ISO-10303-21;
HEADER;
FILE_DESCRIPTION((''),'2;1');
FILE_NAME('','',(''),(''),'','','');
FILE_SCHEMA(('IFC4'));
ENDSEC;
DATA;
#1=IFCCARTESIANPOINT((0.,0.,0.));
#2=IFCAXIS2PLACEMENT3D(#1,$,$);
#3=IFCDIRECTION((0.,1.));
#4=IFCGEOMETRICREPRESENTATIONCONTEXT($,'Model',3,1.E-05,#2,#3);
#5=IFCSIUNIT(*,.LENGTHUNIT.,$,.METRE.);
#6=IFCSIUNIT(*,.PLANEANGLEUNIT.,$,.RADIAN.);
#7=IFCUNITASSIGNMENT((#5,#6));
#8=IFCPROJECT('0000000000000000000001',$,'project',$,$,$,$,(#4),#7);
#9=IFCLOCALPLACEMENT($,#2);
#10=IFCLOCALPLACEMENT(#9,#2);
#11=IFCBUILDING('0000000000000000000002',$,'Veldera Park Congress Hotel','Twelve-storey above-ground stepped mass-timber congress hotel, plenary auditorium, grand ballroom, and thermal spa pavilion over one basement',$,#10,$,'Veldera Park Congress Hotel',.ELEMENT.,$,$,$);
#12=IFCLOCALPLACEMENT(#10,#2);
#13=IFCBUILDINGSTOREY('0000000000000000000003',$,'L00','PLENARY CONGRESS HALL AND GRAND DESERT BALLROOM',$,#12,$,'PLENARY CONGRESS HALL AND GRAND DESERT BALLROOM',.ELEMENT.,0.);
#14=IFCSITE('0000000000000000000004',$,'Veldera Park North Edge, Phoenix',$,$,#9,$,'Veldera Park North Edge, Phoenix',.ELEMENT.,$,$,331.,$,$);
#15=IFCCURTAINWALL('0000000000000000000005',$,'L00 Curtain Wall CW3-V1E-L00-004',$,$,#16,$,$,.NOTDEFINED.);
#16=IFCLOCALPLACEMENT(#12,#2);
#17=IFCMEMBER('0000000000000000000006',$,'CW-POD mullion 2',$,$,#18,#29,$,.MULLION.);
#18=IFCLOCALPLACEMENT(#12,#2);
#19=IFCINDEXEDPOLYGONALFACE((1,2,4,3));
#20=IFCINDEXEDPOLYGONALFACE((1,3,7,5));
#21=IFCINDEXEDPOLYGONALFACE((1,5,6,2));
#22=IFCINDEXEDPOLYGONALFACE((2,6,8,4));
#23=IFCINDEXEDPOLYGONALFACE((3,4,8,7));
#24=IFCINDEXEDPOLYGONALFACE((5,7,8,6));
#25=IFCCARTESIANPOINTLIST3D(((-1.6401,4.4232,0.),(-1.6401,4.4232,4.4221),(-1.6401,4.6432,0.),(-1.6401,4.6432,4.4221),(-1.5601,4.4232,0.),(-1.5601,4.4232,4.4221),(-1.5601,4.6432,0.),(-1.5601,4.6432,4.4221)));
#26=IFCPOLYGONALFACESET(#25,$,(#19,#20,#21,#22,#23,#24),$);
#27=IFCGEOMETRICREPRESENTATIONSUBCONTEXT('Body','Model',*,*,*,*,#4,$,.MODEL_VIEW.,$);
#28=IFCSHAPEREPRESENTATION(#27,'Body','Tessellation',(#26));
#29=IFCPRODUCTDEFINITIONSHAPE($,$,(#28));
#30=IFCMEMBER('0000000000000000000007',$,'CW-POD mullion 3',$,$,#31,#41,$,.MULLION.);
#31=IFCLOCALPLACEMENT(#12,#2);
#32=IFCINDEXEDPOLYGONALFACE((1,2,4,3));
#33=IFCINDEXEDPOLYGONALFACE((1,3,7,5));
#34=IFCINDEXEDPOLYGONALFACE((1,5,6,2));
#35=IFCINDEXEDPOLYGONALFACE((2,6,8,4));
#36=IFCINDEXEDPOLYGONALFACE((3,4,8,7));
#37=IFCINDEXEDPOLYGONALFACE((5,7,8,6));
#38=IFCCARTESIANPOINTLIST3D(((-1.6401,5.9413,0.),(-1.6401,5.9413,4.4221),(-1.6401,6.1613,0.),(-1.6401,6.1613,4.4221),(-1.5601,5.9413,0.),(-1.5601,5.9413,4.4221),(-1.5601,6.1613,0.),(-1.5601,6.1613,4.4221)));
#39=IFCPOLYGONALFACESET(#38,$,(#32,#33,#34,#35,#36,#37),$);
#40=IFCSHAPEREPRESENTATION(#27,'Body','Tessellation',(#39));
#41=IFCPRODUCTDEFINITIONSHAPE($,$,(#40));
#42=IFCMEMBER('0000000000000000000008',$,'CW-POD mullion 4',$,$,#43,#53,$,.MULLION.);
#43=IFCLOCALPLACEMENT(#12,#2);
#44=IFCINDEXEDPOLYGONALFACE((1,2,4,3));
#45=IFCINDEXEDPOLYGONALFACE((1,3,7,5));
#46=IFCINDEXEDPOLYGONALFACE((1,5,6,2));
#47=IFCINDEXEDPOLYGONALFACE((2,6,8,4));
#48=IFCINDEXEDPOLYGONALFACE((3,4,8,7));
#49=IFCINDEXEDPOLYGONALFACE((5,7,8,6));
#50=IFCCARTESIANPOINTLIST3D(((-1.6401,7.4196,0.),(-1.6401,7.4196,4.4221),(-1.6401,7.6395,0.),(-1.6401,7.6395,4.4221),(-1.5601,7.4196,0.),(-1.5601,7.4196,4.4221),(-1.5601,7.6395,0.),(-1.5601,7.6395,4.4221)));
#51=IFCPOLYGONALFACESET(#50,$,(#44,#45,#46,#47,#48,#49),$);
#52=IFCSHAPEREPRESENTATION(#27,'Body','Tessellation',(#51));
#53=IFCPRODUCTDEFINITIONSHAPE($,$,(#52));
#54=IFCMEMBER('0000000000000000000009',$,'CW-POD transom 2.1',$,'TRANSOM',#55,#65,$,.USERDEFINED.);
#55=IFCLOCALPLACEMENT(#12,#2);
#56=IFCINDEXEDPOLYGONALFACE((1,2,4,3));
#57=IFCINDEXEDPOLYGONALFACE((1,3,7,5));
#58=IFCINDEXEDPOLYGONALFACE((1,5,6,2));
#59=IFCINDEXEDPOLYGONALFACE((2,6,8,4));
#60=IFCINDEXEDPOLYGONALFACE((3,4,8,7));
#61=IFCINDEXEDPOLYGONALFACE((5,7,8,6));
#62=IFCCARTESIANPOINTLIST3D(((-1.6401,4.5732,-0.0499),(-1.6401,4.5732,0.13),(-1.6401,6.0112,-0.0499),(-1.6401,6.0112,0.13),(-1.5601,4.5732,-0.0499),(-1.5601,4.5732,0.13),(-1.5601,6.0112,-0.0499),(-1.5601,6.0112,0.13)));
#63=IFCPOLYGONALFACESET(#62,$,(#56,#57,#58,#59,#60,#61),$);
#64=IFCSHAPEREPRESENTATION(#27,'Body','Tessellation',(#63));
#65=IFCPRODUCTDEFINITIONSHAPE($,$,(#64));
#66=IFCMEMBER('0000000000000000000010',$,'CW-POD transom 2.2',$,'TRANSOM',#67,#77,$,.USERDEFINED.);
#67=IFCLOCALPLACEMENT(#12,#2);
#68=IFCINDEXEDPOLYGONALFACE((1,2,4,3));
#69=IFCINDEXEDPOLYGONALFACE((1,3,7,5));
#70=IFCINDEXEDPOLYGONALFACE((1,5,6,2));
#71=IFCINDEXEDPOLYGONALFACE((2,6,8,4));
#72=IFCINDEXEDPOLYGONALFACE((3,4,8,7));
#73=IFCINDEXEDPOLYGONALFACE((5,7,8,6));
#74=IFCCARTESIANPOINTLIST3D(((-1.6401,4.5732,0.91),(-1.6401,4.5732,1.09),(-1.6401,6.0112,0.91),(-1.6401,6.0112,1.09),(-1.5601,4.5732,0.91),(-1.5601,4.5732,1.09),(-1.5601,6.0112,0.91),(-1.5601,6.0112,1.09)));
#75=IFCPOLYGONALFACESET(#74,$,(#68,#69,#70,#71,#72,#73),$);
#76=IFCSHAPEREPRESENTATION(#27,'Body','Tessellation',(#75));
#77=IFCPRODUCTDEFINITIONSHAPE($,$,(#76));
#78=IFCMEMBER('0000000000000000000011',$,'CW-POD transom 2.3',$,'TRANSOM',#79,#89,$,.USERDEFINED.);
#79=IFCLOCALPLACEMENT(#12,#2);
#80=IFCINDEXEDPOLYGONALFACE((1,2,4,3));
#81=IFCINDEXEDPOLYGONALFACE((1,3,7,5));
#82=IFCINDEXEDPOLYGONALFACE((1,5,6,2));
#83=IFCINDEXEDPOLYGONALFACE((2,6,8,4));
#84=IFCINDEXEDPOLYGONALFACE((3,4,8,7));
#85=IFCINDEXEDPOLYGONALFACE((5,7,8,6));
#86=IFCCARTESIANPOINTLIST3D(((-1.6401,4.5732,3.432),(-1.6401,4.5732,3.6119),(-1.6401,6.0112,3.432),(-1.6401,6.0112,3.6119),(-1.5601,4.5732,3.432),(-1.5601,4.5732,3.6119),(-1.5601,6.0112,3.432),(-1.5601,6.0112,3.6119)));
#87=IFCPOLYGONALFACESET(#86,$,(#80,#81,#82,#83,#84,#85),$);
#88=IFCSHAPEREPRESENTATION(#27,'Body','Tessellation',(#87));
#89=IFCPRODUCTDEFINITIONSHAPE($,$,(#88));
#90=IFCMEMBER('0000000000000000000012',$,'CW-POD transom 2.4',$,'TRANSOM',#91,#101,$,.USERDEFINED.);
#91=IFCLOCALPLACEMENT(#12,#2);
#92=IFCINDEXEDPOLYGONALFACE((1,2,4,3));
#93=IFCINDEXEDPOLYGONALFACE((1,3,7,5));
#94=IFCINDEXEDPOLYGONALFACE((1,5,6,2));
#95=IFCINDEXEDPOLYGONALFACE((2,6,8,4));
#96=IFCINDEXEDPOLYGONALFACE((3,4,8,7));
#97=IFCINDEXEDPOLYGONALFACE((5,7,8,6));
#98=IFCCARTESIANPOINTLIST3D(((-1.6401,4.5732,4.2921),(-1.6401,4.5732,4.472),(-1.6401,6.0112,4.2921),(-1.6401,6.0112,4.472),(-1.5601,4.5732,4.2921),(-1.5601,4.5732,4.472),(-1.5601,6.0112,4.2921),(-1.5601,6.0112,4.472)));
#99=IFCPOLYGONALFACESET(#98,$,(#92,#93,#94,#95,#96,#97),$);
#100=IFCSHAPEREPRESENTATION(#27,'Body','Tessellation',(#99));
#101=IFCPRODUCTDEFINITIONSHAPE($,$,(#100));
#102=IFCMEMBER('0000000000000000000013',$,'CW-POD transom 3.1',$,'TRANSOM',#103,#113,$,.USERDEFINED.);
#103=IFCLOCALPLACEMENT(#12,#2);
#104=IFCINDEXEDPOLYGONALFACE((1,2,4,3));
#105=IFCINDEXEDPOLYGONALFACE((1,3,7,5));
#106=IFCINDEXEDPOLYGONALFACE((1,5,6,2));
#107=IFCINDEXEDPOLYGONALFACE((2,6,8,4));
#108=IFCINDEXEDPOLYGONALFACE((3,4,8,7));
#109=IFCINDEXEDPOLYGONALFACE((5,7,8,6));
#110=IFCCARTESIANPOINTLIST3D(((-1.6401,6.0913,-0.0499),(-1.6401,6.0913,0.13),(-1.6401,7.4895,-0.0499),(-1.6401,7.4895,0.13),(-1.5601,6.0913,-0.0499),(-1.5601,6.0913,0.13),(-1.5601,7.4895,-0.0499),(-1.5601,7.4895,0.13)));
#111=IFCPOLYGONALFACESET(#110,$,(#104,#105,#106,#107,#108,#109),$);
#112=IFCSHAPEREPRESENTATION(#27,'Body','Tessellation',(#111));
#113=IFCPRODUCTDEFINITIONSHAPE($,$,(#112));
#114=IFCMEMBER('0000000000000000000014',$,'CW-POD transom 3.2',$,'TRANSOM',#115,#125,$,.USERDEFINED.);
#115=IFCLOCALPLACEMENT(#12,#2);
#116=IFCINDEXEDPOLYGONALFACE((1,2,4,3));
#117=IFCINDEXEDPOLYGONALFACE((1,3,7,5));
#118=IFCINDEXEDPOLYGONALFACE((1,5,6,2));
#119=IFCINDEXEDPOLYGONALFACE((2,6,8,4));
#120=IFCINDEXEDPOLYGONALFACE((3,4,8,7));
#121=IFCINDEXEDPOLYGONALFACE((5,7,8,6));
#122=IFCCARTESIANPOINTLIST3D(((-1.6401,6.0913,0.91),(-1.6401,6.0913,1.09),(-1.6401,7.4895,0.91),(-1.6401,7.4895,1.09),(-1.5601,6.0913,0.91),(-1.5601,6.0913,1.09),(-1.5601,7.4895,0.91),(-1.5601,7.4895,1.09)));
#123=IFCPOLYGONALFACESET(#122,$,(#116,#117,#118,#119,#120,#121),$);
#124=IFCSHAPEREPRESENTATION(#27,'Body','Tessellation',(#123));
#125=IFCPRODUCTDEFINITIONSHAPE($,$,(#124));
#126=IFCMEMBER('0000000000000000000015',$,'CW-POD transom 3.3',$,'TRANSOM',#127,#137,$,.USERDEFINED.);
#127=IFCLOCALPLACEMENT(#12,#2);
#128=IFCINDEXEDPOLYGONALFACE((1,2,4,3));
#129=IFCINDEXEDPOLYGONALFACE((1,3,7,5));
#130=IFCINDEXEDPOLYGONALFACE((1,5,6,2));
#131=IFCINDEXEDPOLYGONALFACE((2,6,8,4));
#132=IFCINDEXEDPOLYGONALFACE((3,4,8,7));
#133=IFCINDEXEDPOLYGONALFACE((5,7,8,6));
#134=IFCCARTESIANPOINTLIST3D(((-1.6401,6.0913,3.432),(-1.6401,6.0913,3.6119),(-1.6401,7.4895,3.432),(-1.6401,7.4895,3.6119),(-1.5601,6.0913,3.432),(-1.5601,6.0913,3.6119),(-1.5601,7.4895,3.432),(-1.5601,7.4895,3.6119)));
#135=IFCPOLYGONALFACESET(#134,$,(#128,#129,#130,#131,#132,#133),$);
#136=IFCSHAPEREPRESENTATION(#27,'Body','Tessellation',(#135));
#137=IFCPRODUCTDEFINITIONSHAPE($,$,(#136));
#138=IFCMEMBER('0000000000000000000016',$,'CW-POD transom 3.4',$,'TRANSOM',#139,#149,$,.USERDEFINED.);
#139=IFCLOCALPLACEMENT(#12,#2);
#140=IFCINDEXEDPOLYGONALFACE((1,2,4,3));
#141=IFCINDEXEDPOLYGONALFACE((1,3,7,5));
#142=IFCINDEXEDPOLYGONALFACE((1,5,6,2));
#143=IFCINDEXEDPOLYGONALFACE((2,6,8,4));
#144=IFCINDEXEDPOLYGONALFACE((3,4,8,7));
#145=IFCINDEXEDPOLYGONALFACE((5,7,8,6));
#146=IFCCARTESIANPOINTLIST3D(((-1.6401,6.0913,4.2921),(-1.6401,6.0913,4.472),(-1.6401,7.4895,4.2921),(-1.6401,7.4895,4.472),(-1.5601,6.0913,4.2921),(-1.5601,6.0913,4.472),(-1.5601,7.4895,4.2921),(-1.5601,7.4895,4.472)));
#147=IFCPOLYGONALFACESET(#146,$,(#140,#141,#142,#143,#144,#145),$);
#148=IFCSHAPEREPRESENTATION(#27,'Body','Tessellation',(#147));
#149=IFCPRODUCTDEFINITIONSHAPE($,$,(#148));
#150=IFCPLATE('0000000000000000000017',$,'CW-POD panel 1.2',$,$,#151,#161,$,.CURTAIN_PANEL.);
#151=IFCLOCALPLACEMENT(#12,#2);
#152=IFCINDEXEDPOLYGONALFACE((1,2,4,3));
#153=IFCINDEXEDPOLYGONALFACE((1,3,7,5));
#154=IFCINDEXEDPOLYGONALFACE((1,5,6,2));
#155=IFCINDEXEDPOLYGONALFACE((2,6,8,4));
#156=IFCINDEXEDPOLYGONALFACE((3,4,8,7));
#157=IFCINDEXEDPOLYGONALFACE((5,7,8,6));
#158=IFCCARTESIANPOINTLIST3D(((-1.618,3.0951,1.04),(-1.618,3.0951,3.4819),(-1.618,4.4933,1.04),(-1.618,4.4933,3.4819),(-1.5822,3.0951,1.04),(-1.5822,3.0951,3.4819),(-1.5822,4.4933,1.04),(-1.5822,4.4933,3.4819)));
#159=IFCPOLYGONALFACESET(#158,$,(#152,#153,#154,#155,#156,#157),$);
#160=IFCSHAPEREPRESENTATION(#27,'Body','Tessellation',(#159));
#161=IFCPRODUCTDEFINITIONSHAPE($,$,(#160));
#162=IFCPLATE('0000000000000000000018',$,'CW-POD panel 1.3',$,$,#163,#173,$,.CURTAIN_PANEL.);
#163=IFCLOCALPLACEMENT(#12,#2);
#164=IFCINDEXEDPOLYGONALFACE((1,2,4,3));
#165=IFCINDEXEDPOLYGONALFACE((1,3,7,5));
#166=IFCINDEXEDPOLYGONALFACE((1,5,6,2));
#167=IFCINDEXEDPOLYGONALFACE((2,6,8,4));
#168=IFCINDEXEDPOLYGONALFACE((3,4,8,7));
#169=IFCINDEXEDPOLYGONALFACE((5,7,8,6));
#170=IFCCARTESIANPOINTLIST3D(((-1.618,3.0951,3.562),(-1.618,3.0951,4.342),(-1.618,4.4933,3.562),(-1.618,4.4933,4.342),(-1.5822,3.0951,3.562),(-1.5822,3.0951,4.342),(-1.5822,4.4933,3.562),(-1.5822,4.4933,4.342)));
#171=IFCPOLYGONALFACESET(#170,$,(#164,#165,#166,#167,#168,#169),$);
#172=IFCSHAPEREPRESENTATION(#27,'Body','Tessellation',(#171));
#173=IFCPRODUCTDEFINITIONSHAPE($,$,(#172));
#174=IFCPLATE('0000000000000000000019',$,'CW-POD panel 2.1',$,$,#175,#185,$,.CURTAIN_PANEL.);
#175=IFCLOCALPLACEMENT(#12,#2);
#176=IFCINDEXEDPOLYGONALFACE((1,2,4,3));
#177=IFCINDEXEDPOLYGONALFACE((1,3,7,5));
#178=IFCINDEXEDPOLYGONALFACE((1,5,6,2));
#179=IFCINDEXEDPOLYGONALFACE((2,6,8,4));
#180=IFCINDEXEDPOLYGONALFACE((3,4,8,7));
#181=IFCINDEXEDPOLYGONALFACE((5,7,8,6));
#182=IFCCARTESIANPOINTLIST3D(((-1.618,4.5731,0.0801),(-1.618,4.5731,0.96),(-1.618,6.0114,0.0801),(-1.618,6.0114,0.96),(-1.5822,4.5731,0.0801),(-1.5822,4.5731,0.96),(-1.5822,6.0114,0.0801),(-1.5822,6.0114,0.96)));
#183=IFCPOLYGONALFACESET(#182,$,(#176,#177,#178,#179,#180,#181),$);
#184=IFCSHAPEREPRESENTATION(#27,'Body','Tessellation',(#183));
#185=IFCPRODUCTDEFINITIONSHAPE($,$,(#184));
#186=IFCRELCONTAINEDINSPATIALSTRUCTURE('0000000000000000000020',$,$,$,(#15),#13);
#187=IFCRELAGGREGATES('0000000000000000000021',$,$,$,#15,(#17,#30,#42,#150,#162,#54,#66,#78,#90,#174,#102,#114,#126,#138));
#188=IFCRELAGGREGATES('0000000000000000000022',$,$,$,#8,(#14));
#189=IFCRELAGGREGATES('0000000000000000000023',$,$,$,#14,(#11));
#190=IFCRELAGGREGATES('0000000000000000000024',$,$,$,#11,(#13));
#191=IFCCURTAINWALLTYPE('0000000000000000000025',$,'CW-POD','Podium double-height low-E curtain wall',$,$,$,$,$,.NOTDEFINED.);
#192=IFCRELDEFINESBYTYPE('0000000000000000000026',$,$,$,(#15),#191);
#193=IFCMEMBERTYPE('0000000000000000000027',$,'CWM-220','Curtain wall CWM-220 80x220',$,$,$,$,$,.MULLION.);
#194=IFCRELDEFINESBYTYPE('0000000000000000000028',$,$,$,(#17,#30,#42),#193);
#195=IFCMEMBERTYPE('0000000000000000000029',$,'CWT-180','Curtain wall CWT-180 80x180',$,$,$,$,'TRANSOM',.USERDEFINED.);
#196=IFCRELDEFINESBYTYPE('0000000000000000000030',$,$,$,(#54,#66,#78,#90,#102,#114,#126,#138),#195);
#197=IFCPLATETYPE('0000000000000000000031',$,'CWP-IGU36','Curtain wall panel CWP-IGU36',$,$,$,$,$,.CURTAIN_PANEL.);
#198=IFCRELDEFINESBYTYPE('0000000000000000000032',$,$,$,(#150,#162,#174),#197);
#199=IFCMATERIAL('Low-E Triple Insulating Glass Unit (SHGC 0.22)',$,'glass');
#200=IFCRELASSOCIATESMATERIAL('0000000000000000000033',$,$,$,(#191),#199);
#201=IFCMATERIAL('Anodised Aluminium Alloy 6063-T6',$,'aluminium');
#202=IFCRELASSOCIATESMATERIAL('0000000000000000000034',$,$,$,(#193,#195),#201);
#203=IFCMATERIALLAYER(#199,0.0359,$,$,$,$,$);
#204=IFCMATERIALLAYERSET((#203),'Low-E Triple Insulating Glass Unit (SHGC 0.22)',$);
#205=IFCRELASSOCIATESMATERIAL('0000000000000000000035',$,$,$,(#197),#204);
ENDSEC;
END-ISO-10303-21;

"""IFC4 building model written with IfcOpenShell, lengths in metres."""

from ifc_helpers import new_model, si_unit, direction, frame, origin, origin_2d, place, context, subcontext, project, spatial, rectangle, extrude, material, layer, layer_set, material_profile, profile_set, type_object, element, aggregate, save


model = new_model("IFC4")

# Units and contexts
model_context = context("Model", 3, precision=1e-05, world=origin(), true_north=direction((0.0, 1.0)))
body_context = subcontext(model_context, "Body", "Model", "MODEL_VIEW")
ifc_project = project(units=[si_unit("LENGTHUNIT", "METRE"), si_unit("PLANEANGLEUNIT", "RADIAN")], contexts=[model_context])

# Site, building, storey
site_placement = place(None, origin())
site = spatial("IfcSite", under=ifc_project, at=site_placement, Name="Veldera Park North Edge, Phoenix", LongName="Veldera Park North Edge, Phoenix", CompositionType="ELEMENT", RefElevation=331.0)
building_placement = place(site_placement, origin())
building = spatial("IfcBuilding", under=site, at=building_placement, Name="Veldera Park Congress Hotel", Description="Twelve-storey above-ground stepped mass-timber congress hotel, plenary auditorium, grand ballroom, and thermal spa pavilion over one basement", LongName="Veldera Park Congress Hotel", CompositionType="ELEMENT")
storey_placement = place(building_placement, origin())
storey = spatial("IfcBuildingStorey", under=building, at=storey_placement, Name="L00", Description="PLENARY CONGRESS HALL AND GRAND DESERT BALLROOM", LongName="PLENARY CONGRESS HALL AND GRAND DESERT BALLROOM", CompositionType="ELEMENT", Elevation=0.0)

# Curtain wall, members, plates
ifc_material_1 = material(Name="Low-E Triple Insulating Glass Unit (SHGC 0.22)", Category="glass")
curtain_wall_type = type_object("IfcCurtainWallType", Name="CW-POD", Description="Podium double-height low-E curtain wall", PredefinedType="NOTDEFINED", material=ifc_material_1)
curtain_wall_placement = place(storey_placement, origin())
curtain_wall = element("IfcCurtainWall", 1, at=curtain_wall_placement, inside=storey, type_object=curtain_wall_type, Name="L00 Curtain Wall CW3-V1E-L00-004", PredefinedType="NOTDEFINED")
ifc_material_2 = material(Name="Anodised Aluminium Alloy 6063-T6", Category="aluminium")
ifc_material_profile_1 = material_profile(ifc_material_2, rectangle(XDim=0.0801, YDim=0.22, at=origin_2d()), Name="ALU 80x220")
ifc_profile_set_1 = profile_set([ifc_material_profile_1], Name="Anodised Aluminium Alloy 6063-T6")
member_type_1 = type_object("IfcMemberType", Name="CWM-220", Description="Curtain wall CWM-220 80x220", PredefinedType="MULLION", material=ifc_profile_set_1)
member_1_placement = place(storey_placement, frame((-1.6001, 4.5332, 0.0), z_axis=(0.0, 0.0, 1.0), x_axis=(-1.0, 0.0, 0.0)))
member_1 = element("IfcMember", 2, at=member_1_placement, type_object=member_type_1, Name="CW-POD mullion 2", PredefinedType="MULLION", context=body_context, shape_type="SweptSolid", body=[
    extrude(rectangle(XDim=0.0801, YDim=0.22, at=origin_2d()), origin(), (0.0, 0.0, 1.0), 4.4221),
])
member_2_placement = place(storey_placement, frame((-1.6001, 6.0513, 0.0), z_axis=(0.0, 0.0, 1.0), x_axis=(-1.0, 0.0, 0.0)))
member_2 = element("IfcMember", 3, at=member_2_placement, type_object=member_type_1, Name="CW-POD mullion 3", PredefinedType="MULLION", context=body_context, shape_type="SweptSolid", body=[
    extrude(rectangle(XDim=0.0801, YDim=0.22, at=origin_2d()), origin(), (0.0, 0.0, 1.0), 4.4221),
])
member_3_placement = place(storey_placement, frame((-1.6001, 7.5295, 0.0), z_axis=(0.0, 0.0, 1.0), x_axis=(-1.0, 0.0, 0.0)))
member_3 = element("IfcMember", 4, at=member_3_placement, type_object=member_type_1, Name="CW-POD mullion 4", PredefinedType="MULLION", context=body_context, shape_type="SweptSolid", body=[
    extrude(rectangle(XDim=0.0801, YDim=0.22, at=origin_2d()), origin(), (0.0, 0.0, 1.0), 4.4221),
])
ifc_material_profile_2 = material_profile(ifc_material_2, rectangle(XDim=0.0801, YDim=0.1799, at=origin_2d()), Name="ALU 80x180")
ifc_profile_set_2 = profile_set([ifc_material_profile_2], Name="Anodised Aluminium Alloy 6063-T6")
member_type_2 = type_object("IfcMemberType", Name="CWT-180", Description="Curtain wall CWT-180 80x180", ElementType="TRANSOM", PredefinedType="USERDEFINED", material=ifc_profile_set_2)
member_4_placement = place(storey_placement, frame((-1.6001, 4.5732, 0.04), z_axis=(0.0, 1.0, 0.0), x_axis=(-1.0, 0.0, 0.0)))
member_4 = element("IfcMember", 5, at=member_4_placement, type_object=member_type_2, Name="CW-POD transom 2.1", ObjectType="TRANSOM", PredefinedType="USERDEFINED", context=body_context, shape_type="SweptSolid", body=[
    extrude(rectangle(XDim=0.0801, YDim=0.1799, at=origin_2d()), origin(), (0.0, 0.0, 1.0), 1.438),
])
member_5_placement = place(storey_placement, frame((-1.6001, 4.5732, 1.0), z_axis=(0.0, 1.0, 0.0), x_axis=(-1.0, 0.0, 0.0)))
member_5 = element("IfcMember", 6, at=member_5_placement, type_object=member_type_2, Name="CW-POD transom 2.2", ObjectType="TRANSOM", PredefinedType="USERDEFINED", context=body_context, shape_type="SweptSolid", body=[
    extrude(rectangle(XDim=0.0801, YDim=0.1799, at=origin_2d()), origin(), (0.0, 0.0, 1.0), 1.438),
])
member_6_placement = place(storey_placement, frame((-1.6001, 4.5732, 3.522), z_axis=(0.0, 1.0, 0.0), x_axis=(-1.0, 0.0, 0.0)))
member_6 = element("IfcMember", 7, at=member_6_placement, type_object=member_type_2, Name="CW-POD transom 2.3", ObjectType="TRANSOM", PredefinedType="USERDEFINED", context=body_context, shape_type="SweptSolid", body=[
    extrude(rectangle(XDim=0.0801, YDim=0.1799, at=origin_2d()), origin(), (0.0, 0.0, 1.0), 1.438),
])
member_7_placement = place(storey_placement, frame((-1.6001, 4.5732, 4.3821), z_axis=(0.0, 1.0, 0.0), x_axis=(-1.0, 0.0, 0.0)))
member_7 = element("IfcMember", 8, at=member_7_placement, type_object=member_type_2, Name="CW-POD transom 2.4", ObjectType="TRANSOM", PredefinedType="USERDEFINED", context=body_context, shape_type="SweptSolid", body=[
    extrude(rectangle(XDim=0.0801, YDim=0.1799, at=origin_2d()), origin(), (0.0, 0.0, 1.0), 1.438),
])
member_8_placement = place(storey_placement, frame((-1.6001, 6.0913, 0.04), z_axis=(0.0, 1.0, 0.0), x_axis=(-1.0, 0.0, 0.0)))
member_8 = element("IfcMember", 9, at=member_8_placement, type_object=member_type_2, Name="CW-POD transom 3.1", ObjectType="TRANSOM", PredefinedType="USERDEFINED", context=body_context, shape_type="SweptSolid", body=[
    extrude(rectangle(XDim=0.0801, YDim=0.1799, at=origin_2d()), origin(), (0.0, 0.0, 1.0), 1.3982),
])
member_9_placement = place(storey_placement, frame((-1.6001, 6.0913, 1.0), z_axis=(0.0, 1.0, 0.0), x_axis=(-1.0, 0.0, 0.0)))
member_9 = element("IfcMember", 10, at=member_9_placement, type_object=member_type_2, Name="CW-POD transom 3.2", ObjectType="TRANSOM", PredefinedType="USERDEFINED", context=body_context, shape_type="SweptSolid", body=[
    extrude(rectangle(XDim=0.0801, YDim=0.1799, at=origin_2d()), origin(), (0.0, 0.0, 1.0), 1.3982),
])
member_10_placement = place(storey_placement, frame((-1.6001, 6.0913, 3.522), z_axis=(0.0, 1.0, 0.0), x_axis=(-1.0, 0.0, 0.0)))
member_10 = element("IfcMember", 11, at=member_10_placement, type_object=member_type_2, Name="CW-POD transom 3.3", ObjectType="TRANSOM", PredefinedType="USERDEFINED", context=body_context, shape_type="SweptSolid", body=[
    extrude(rectangle(XDim=0.0801, YDim=0.1799, at=origin_2d()), origin(), (0.0, 0.0, 1.0), 1.3982),
])
member_11_placement = place(storey_placement, frame((-1.6001, 6.0913, 4.3821), z_axis=(0.0, 1.0, 0.0), x_axis=(-1.0, 0.0, 0.0)))
member_11 = element("IfcMember", 12, at=member_11_placement, type_object=member_type_2, Name="CW-POD transom 3.4", ObjectType="TRANSOM", PredefinedType="USERDEFINED", context=body_context, shape_type="SweptSolid", body=[
    extrude(rectangle(XDim=0.0801, YDim=0.1799, at=origin_2d()), origin(), (0.0, 0.0, 1.0), 1.3982),
])
ifc_layer_1 = layer(ifc_material_1, 0.0359)
ifc_layer_set_1 = layer_set([ifc_layer_1], Name="Low-E Triple Insulating Glass Unit (SHGC 0.22)")
plate_type = type_object("IfcPlateType", Name="CWP-IGU36", Description="Curtain wall panel CWP-IGU36", PredefinedType="CURTAIN_PANEL", material=ifc_layer_set_1)
plate_1_placement = place(storey_placement, frame((-1.6001, 3.7942, 1.04), z_axis=(0.0, 0.0, 1.0), x_axis=(0.0, 1.0, 0.0)))
plate_1 = element("IfcPlate", 13, at=plate_1_placement, type_object=plate_type, Name="CW-POD panel 1.2", PredefinedType="CURTAIN_PANEL", context=body_context, shape_type="SweptSolid", body=[
    extrude(rectangle(XDim=1.3982, YDim=0.0359, at=origin_2d()), origin(), (0.0, 0.0, 1.0), 2.4419),
])
plate_2_placement = place(storey_placement, frame((-1.6001, 3.7942, 3.562), z_axis=(0.0, 0.0, 1.0), x_axis=(0.0, 1.0, 0.0)))
plate_2 = element("IfcPlate", 14, at=plate_2_placement, type_object=plate_type, Name="CW-POD panel 1.3", PredefinedType="CURTAIN_PANEL", context=body_context, shape_type="SweptSolid", body=[
    extrude(rectangle(XDim=1.3982, YDim=0.0359, at=origin_2d()), origin(), (0.0, 0.0, 1.0), 0.78),
])
plate_3_placement = place(storey_placement, frame((-1.6001, 5.2922, 0.0801), z_axis=(0.0, 0.0, 1.0), x_axis=(0.0, 1.0, 0.0)))
plate_3 = element("IfcPlate", 15, at=plate_3_placement, type_object=plate_type, Name="CW-POD panel 2.1", PredefinedType="CURTAIN_PANEL", context=body_context, shape_type="SweptSolid", body=[
    extrude(rectangle(XDim=1.4382, YDim=0.0359, at=origin_2d()), origin(), (0.0, 0.0, 1.0), 0.8799),
])
aggregate(curtain_wall, [member_1, member_2, member_3, plate_1, plate_2, member_4, member_5, member_6, member_7, plate_3, member_8, member_9, member_10, member_11])

save(model, "model.ifc")
